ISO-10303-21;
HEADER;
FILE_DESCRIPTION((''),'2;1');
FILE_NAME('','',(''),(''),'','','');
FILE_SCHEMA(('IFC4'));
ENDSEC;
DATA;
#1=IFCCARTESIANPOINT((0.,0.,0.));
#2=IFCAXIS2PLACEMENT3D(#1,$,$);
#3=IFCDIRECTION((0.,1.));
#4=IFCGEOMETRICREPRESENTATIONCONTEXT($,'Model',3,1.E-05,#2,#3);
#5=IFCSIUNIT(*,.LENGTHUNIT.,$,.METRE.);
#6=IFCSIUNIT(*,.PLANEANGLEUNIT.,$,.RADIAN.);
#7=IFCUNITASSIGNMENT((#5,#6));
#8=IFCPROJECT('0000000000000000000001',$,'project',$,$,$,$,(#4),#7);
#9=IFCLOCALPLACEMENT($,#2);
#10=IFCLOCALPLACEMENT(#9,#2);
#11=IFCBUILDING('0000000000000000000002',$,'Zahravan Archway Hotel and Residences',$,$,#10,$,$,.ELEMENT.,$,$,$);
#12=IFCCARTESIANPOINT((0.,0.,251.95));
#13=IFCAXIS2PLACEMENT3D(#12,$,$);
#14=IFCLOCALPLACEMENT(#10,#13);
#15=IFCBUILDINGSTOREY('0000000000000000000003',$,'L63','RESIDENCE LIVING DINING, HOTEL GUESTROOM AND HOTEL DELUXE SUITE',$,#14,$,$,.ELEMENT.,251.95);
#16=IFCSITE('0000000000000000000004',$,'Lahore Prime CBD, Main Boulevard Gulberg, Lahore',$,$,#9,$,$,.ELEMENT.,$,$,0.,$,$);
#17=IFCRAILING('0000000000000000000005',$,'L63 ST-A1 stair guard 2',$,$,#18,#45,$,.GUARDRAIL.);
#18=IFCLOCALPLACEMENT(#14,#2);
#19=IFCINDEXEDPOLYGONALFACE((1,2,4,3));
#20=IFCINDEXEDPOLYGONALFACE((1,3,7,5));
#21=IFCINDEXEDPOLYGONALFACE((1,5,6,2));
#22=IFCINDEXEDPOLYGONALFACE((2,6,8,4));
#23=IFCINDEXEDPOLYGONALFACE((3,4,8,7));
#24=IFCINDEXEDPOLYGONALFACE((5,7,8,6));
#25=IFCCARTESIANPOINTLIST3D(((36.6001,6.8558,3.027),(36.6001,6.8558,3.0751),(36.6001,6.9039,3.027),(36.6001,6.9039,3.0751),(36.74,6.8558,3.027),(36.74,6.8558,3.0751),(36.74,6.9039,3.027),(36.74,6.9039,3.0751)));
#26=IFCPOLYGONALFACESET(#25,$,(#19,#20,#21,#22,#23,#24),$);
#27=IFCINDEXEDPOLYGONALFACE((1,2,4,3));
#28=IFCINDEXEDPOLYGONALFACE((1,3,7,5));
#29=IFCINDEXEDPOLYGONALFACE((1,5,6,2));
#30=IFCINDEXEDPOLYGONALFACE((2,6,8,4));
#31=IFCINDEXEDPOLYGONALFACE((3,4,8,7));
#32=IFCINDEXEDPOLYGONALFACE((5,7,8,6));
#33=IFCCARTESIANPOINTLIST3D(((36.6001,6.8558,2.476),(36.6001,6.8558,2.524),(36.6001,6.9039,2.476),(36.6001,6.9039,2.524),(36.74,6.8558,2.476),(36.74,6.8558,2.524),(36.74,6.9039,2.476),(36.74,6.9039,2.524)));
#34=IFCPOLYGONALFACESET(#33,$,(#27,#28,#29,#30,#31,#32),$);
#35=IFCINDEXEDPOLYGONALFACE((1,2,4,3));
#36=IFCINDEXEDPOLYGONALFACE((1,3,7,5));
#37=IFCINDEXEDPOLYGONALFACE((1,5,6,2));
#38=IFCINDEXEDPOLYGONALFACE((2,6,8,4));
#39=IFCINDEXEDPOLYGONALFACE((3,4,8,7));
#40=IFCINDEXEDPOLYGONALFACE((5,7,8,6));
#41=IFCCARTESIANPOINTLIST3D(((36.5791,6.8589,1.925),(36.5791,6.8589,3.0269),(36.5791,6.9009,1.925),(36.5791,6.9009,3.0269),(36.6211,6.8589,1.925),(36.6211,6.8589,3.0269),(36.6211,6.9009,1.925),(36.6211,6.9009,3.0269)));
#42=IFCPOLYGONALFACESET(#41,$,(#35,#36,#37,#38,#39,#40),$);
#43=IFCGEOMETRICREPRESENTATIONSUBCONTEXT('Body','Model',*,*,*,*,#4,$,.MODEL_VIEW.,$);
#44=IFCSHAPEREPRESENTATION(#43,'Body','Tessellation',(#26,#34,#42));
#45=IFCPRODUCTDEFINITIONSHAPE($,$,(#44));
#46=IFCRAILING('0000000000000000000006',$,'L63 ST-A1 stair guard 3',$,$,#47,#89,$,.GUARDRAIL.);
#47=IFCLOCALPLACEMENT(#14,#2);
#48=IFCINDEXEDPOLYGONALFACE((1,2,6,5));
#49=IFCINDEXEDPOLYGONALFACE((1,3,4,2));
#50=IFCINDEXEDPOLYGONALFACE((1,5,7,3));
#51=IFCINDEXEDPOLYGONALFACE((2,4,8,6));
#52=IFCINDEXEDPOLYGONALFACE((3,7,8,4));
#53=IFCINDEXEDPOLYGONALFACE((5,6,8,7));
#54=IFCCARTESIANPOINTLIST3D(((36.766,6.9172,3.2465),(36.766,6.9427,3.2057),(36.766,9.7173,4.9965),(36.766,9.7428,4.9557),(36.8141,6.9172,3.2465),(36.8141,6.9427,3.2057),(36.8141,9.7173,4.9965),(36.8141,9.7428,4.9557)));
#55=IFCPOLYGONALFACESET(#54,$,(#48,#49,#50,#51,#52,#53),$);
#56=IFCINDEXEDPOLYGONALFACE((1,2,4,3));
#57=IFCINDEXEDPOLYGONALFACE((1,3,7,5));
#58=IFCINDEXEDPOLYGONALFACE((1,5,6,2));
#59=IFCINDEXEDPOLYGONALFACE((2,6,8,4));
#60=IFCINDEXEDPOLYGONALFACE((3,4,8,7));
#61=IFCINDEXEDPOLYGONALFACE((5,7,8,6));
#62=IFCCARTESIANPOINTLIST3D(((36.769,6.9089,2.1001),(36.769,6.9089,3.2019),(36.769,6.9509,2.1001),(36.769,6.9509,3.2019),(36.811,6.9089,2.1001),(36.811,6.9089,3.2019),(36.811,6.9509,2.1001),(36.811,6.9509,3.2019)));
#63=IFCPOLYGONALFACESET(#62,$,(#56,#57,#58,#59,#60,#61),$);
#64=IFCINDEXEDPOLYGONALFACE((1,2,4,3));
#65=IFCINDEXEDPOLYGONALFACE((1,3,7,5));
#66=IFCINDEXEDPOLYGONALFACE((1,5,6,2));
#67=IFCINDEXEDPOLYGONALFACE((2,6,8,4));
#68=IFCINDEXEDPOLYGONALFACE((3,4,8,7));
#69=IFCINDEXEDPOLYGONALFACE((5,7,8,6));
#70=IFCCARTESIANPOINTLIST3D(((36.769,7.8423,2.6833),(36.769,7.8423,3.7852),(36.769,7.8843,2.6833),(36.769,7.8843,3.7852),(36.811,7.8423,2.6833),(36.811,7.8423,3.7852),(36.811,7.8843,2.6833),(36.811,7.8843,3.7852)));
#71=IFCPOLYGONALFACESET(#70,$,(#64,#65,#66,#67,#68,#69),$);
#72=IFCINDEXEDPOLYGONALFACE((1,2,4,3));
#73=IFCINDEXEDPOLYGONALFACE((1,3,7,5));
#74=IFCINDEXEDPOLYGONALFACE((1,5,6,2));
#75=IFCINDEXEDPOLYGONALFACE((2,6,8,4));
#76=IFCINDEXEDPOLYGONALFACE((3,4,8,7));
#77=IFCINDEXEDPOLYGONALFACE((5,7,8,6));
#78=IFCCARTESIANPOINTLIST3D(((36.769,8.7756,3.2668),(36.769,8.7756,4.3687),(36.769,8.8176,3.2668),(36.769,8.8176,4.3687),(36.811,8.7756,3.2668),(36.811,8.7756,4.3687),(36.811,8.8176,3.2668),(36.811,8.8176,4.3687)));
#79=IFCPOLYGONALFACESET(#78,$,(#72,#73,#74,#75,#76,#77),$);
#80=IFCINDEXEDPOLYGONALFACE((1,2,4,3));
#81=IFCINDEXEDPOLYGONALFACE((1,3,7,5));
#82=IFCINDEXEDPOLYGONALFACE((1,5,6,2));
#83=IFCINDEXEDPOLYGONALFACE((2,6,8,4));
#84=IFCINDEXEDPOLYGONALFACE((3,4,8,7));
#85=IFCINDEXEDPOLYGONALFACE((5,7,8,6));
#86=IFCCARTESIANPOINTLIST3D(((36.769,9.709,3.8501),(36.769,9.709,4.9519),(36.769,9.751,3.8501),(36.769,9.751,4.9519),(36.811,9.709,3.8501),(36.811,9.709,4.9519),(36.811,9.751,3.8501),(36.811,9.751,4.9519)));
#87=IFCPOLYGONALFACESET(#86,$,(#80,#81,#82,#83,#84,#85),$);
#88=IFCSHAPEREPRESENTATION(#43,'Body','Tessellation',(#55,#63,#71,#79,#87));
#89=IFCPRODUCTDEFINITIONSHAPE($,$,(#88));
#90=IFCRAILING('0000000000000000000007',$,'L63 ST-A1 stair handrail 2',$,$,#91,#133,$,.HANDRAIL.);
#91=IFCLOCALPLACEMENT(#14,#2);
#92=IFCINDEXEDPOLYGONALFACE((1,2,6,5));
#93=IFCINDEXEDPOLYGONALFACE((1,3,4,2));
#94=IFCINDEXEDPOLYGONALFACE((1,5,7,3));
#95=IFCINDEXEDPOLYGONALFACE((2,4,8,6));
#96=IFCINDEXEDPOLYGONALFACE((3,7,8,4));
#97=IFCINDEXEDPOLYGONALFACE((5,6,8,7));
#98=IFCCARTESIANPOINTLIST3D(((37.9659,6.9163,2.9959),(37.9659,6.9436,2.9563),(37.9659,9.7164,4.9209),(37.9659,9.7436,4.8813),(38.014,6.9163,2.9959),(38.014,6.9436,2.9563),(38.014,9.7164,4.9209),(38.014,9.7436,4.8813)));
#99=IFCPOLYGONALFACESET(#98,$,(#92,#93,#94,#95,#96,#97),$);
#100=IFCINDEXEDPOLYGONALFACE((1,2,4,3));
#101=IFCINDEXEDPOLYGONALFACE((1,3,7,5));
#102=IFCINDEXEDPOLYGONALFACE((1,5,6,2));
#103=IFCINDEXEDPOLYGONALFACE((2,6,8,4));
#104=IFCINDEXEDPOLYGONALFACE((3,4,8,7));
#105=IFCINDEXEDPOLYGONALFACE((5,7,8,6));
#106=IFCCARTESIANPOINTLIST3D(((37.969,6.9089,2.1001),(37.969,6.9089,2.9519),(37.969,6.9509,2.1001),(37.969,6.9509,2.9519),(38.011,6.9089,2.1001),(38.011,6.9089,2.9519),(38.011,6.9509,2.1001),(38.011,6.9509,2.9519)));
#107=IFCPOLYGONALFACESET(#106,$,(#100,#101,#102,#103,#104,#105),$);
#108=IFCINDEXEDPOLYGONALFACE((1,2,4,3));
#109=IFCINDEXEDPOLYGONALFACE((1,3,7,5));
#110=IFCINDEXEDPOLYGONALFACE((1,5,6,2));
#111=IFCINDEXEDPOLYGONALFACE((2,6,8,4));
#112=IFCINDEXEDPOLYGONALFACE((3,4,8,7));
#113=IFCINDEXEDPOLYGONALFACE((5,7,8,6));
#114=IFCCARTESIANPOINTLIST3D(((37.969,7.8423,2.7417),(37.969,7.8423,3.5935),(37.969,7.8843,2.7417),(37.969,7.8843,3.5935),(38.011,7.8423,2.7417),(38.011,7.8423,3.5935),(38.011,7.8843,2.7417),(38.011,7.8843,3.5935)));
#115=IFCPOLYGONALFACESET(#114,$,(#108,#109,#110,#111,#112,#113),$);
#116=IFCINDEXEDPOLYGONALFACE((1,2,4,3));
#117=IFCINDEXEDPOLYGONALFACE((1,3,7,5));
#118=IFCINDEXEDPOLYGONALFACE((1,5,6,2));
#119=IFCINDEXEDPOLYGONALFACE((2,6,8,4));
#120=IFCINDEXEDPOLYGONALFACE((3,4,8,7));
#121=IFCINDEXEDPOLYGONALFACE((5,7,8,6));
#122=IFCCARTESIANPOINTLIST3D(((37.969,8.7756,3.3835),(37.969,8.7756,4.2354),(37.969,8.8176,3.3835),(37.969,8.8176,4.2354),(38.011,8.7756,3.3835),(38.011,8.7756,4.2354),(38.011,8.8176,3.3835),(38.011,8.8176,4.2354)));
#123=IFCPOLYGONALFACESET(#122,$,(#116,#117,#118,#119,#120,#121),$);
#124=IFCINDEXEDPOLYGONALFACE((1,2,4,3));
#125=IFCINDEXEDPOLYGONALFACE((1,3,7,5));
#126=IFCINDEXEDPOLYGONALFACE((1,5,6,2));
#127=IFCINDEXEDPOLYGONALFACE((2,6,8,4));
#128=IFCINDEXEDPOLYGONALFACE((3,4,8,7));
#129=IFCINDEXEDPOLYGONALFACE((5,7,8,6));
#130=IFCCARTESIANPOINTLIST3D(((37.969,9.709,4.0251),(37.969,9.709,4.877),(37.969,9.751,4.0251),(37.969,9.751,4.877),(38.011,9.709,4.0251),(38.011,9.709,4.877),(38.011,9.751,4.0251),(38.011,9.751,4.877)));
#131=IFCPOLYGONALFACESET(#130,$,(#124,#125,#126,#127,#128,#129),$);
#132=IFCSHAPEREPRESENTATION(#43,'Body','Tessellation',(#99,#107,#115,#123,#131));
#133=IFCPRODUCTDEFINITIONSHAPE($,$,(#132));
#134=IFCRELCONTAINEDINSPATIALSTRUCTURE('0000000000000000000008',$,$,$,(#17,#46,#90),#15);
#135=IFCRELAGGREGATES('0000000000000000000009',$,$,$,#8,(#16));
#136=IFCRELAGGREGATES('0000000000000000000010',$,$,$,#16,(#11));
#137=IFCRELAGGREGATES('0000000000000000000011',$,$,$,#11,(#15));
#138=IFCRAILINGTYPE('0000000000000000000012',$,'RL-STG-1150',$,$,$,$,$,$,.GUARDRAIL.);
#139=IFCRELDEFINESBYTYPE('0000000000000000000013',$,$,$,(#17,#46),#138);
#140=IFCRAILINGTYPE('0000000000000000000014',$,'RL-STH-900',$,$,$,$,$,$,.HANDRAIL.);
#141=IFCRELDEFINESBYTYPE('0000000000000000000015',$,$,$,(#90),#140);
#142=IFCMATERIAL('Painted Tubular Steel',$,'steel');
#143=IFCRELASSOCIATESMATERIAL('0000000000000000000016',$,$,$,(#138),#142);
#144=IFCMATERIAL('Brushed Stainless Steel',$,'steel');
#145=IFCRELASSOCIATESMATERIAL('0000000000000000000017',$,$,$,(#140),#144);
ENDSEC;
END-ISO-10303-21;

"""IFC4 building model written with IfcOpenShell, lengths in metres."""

from ifc_helpers import new_model, si_unit, direction, frame, origin, origin_2d, place, context, subcontext, project, spatial, rectangle, extrude, material, type_object, element, save


model = new_model("IFC4")

# Units and contexts
model_context = context("Model", 3, precision=1e-05, world=origin(), true_north=direction((0.0, 1.0)))
body_context = subcontext(model_context, "Body", "Model", "MODEL_VIEW")
ifc_project = project(units=[si_unit("LENGTHUNIT", "METRE"), si_unit("PLANEANGLEUNIT", "RADIAN")], contexts=[model_context])

# Site, building, storey
site_placement = place(None, origin())
site = spatial("IfcSite", under=ifc_project, at=site_placement, Name="Lahore Prime CBD, Main Boulevard Gulberg, Lahore", CompositionType="ELEMENT", RefElevation=0.0)
building_placement = place(site_placement, origin())
building = spatial("IfcBuilding", under=site, at=building_placement, Name="Zahravan Archway Hotel and Residences", CompositionType="ELEMENT")
storey_placement = place(building_placement, frame((0.0, 0.0, 251.95)))
storey = spatial("IfcBuildingStorey", under=building, at=storey_placement, Name="L63", Description="RESIDENCE LIVING DINING, HOTEL GUESTROOM AND HOTEL DELUXE SUITE", CompositionType="ELEMENT", Elevation=251.95)

# Railings
ifc_material_1 = material(Name="Painted Tubular Steel", Category="steel")
railing_type_1 = type_object("IfcRailingType", Name="RL-STG-1150", PredefinedType="GUARDRAIL", material=ifc_material_1)
railing_1_placement = place(storey_placement, frame((36.6001, 6.8799, 1.925)))
element("IfcRailing", 1, at=railing_1_placement, inside=storey, type_object=railing_type_1, Name="L63 ST-A1 stair guard 2", PredefinedType="GUARDRAIL", context=body_context, shape_type="SweptSolid", body=[
    extrude(rectangle(XDim=0.0481, YDim=0.0481, at=origin_2d()), frame((0.0, 0.0, 1.126), z_axis=(1.0, 0.0, 0.0), x_axis=(0.0, 1.0, 0.0)), (0.0, 0.0, 1.0), 0.1399),
    extrude(rectangle(XDim=0.0481, YDim=0.0481, at=origin_2d()), frame((0.0, 0.0, 0.575), z_axis=(1.0, 0.0, 0.0), x_axis=(0.0, 1.0, 0.0)), (0.0, 0.0, 1.0), 0.1399),
    extrude(rectangle(XDim=0.042, YDim=0.042, at=origin_2d()), origin(), (0.0, 0.0, 1.0), 1.1018),
])
railing_2_placement = place(storey_placement, frame((36.79, 6.9299, 2.1001)))
element("IfcRailing", 2, at=railing_2_placement, inside=storey, type_object=railing_type_1, Name="L63 ST-A1 stair guard 3", PredefinedType="GUARDRAIL", context=body_context, shape_type="SweptSolid", body=[
    extrude(rectangle(XDim=0.0481, YDim=0.0481, at=origin_2d()), frame((0.0, 0.0, 1.126), z_axis=(0.0, 0.848002, 0.529992), x_axis=(-1.0, 0.0, 0.0)), (0.0, 0.0, 1.0), 3.302),
    extrude(rectangle(XDim=0.042, YDim=0.042, at=origin_2d()), origin(), (0.0, 0.0, 1.0), 1.1018),
    extrude(rectangle(XDim=0.042, YDim=0.042, at=origin_2d()), frame((0.0, 0.9333, 0.5833)), (0.0, 0.0, 1.0), 1.1018),
    extrude(rectangle(XDim=0.042, YDim=0.042, at=origin_2d()), frame((0.0, 1.8667, 1.1667)), (0.0, 0.0, 1.0), 1.1018),
    extrude(rectangle(XDim=0.042, YDim=0.042, at=origin_2d()), frame((0.0, 2.8, 1.75)), (0.0, 0.0, 1.0), 1.1018),
])
ifc_material_2 = material(Name="Brushed Stainless Steel", Category="steel")
railing_type_2 = type_object("IfcRailingType", Name="RL-STH-900", PredefinedType="HANDRAIL", material=ifc_material_2)
railing_3_placement = place(storey_placement, frame((37.99, 6.9299, 2.1001)))
element("IfcRailing", 3, at=railing_3_placement, inside=storey, type_object=railing_type_2, Name="L63 ST-A1 stair handrail 2", PredefinedType="HANDRAIL", context=body_context, shape_type="SweptSolid", body=[
    extrude(rectangle(XDim=0.0481, YDim=0.0481, at=origin_2d()), frame((0.0, 0.0, 0.876), z_axis=(0.0, 0.82404, 0.566532), x_axis=(-1.0, 0.0, 0.0)), (0.0, 0.0, 1.0), 3.3979),
    extrude(rectangle(XDim=0.042, YDim=0.042, at=origin_2d()), origin(), (0.0, 0.0, 1.0), 0.8518),
    extrude(rectangle(XDim=0.042, YDim=0.042, at=origin_2d()), frame((0.0, 0.9333, 0.6416)), (0.0, 0.0, 1.0), 0.8518),
    extrude(rectangle(XDim=0.042, YDim=0.042, at=origin_2d()), frame((0.0, 1.8667, 1.2834)), (0.0, 0.0, 1.0), 0.8518),
    extrude(rectangle(XDim=0.042, YDim=0.042, at=origin_2d()), frame((0.0, 2.8, 1.925)), (0.0, 0.0, 1.0), 0.8518),
])

save(model, "model.ifc")
